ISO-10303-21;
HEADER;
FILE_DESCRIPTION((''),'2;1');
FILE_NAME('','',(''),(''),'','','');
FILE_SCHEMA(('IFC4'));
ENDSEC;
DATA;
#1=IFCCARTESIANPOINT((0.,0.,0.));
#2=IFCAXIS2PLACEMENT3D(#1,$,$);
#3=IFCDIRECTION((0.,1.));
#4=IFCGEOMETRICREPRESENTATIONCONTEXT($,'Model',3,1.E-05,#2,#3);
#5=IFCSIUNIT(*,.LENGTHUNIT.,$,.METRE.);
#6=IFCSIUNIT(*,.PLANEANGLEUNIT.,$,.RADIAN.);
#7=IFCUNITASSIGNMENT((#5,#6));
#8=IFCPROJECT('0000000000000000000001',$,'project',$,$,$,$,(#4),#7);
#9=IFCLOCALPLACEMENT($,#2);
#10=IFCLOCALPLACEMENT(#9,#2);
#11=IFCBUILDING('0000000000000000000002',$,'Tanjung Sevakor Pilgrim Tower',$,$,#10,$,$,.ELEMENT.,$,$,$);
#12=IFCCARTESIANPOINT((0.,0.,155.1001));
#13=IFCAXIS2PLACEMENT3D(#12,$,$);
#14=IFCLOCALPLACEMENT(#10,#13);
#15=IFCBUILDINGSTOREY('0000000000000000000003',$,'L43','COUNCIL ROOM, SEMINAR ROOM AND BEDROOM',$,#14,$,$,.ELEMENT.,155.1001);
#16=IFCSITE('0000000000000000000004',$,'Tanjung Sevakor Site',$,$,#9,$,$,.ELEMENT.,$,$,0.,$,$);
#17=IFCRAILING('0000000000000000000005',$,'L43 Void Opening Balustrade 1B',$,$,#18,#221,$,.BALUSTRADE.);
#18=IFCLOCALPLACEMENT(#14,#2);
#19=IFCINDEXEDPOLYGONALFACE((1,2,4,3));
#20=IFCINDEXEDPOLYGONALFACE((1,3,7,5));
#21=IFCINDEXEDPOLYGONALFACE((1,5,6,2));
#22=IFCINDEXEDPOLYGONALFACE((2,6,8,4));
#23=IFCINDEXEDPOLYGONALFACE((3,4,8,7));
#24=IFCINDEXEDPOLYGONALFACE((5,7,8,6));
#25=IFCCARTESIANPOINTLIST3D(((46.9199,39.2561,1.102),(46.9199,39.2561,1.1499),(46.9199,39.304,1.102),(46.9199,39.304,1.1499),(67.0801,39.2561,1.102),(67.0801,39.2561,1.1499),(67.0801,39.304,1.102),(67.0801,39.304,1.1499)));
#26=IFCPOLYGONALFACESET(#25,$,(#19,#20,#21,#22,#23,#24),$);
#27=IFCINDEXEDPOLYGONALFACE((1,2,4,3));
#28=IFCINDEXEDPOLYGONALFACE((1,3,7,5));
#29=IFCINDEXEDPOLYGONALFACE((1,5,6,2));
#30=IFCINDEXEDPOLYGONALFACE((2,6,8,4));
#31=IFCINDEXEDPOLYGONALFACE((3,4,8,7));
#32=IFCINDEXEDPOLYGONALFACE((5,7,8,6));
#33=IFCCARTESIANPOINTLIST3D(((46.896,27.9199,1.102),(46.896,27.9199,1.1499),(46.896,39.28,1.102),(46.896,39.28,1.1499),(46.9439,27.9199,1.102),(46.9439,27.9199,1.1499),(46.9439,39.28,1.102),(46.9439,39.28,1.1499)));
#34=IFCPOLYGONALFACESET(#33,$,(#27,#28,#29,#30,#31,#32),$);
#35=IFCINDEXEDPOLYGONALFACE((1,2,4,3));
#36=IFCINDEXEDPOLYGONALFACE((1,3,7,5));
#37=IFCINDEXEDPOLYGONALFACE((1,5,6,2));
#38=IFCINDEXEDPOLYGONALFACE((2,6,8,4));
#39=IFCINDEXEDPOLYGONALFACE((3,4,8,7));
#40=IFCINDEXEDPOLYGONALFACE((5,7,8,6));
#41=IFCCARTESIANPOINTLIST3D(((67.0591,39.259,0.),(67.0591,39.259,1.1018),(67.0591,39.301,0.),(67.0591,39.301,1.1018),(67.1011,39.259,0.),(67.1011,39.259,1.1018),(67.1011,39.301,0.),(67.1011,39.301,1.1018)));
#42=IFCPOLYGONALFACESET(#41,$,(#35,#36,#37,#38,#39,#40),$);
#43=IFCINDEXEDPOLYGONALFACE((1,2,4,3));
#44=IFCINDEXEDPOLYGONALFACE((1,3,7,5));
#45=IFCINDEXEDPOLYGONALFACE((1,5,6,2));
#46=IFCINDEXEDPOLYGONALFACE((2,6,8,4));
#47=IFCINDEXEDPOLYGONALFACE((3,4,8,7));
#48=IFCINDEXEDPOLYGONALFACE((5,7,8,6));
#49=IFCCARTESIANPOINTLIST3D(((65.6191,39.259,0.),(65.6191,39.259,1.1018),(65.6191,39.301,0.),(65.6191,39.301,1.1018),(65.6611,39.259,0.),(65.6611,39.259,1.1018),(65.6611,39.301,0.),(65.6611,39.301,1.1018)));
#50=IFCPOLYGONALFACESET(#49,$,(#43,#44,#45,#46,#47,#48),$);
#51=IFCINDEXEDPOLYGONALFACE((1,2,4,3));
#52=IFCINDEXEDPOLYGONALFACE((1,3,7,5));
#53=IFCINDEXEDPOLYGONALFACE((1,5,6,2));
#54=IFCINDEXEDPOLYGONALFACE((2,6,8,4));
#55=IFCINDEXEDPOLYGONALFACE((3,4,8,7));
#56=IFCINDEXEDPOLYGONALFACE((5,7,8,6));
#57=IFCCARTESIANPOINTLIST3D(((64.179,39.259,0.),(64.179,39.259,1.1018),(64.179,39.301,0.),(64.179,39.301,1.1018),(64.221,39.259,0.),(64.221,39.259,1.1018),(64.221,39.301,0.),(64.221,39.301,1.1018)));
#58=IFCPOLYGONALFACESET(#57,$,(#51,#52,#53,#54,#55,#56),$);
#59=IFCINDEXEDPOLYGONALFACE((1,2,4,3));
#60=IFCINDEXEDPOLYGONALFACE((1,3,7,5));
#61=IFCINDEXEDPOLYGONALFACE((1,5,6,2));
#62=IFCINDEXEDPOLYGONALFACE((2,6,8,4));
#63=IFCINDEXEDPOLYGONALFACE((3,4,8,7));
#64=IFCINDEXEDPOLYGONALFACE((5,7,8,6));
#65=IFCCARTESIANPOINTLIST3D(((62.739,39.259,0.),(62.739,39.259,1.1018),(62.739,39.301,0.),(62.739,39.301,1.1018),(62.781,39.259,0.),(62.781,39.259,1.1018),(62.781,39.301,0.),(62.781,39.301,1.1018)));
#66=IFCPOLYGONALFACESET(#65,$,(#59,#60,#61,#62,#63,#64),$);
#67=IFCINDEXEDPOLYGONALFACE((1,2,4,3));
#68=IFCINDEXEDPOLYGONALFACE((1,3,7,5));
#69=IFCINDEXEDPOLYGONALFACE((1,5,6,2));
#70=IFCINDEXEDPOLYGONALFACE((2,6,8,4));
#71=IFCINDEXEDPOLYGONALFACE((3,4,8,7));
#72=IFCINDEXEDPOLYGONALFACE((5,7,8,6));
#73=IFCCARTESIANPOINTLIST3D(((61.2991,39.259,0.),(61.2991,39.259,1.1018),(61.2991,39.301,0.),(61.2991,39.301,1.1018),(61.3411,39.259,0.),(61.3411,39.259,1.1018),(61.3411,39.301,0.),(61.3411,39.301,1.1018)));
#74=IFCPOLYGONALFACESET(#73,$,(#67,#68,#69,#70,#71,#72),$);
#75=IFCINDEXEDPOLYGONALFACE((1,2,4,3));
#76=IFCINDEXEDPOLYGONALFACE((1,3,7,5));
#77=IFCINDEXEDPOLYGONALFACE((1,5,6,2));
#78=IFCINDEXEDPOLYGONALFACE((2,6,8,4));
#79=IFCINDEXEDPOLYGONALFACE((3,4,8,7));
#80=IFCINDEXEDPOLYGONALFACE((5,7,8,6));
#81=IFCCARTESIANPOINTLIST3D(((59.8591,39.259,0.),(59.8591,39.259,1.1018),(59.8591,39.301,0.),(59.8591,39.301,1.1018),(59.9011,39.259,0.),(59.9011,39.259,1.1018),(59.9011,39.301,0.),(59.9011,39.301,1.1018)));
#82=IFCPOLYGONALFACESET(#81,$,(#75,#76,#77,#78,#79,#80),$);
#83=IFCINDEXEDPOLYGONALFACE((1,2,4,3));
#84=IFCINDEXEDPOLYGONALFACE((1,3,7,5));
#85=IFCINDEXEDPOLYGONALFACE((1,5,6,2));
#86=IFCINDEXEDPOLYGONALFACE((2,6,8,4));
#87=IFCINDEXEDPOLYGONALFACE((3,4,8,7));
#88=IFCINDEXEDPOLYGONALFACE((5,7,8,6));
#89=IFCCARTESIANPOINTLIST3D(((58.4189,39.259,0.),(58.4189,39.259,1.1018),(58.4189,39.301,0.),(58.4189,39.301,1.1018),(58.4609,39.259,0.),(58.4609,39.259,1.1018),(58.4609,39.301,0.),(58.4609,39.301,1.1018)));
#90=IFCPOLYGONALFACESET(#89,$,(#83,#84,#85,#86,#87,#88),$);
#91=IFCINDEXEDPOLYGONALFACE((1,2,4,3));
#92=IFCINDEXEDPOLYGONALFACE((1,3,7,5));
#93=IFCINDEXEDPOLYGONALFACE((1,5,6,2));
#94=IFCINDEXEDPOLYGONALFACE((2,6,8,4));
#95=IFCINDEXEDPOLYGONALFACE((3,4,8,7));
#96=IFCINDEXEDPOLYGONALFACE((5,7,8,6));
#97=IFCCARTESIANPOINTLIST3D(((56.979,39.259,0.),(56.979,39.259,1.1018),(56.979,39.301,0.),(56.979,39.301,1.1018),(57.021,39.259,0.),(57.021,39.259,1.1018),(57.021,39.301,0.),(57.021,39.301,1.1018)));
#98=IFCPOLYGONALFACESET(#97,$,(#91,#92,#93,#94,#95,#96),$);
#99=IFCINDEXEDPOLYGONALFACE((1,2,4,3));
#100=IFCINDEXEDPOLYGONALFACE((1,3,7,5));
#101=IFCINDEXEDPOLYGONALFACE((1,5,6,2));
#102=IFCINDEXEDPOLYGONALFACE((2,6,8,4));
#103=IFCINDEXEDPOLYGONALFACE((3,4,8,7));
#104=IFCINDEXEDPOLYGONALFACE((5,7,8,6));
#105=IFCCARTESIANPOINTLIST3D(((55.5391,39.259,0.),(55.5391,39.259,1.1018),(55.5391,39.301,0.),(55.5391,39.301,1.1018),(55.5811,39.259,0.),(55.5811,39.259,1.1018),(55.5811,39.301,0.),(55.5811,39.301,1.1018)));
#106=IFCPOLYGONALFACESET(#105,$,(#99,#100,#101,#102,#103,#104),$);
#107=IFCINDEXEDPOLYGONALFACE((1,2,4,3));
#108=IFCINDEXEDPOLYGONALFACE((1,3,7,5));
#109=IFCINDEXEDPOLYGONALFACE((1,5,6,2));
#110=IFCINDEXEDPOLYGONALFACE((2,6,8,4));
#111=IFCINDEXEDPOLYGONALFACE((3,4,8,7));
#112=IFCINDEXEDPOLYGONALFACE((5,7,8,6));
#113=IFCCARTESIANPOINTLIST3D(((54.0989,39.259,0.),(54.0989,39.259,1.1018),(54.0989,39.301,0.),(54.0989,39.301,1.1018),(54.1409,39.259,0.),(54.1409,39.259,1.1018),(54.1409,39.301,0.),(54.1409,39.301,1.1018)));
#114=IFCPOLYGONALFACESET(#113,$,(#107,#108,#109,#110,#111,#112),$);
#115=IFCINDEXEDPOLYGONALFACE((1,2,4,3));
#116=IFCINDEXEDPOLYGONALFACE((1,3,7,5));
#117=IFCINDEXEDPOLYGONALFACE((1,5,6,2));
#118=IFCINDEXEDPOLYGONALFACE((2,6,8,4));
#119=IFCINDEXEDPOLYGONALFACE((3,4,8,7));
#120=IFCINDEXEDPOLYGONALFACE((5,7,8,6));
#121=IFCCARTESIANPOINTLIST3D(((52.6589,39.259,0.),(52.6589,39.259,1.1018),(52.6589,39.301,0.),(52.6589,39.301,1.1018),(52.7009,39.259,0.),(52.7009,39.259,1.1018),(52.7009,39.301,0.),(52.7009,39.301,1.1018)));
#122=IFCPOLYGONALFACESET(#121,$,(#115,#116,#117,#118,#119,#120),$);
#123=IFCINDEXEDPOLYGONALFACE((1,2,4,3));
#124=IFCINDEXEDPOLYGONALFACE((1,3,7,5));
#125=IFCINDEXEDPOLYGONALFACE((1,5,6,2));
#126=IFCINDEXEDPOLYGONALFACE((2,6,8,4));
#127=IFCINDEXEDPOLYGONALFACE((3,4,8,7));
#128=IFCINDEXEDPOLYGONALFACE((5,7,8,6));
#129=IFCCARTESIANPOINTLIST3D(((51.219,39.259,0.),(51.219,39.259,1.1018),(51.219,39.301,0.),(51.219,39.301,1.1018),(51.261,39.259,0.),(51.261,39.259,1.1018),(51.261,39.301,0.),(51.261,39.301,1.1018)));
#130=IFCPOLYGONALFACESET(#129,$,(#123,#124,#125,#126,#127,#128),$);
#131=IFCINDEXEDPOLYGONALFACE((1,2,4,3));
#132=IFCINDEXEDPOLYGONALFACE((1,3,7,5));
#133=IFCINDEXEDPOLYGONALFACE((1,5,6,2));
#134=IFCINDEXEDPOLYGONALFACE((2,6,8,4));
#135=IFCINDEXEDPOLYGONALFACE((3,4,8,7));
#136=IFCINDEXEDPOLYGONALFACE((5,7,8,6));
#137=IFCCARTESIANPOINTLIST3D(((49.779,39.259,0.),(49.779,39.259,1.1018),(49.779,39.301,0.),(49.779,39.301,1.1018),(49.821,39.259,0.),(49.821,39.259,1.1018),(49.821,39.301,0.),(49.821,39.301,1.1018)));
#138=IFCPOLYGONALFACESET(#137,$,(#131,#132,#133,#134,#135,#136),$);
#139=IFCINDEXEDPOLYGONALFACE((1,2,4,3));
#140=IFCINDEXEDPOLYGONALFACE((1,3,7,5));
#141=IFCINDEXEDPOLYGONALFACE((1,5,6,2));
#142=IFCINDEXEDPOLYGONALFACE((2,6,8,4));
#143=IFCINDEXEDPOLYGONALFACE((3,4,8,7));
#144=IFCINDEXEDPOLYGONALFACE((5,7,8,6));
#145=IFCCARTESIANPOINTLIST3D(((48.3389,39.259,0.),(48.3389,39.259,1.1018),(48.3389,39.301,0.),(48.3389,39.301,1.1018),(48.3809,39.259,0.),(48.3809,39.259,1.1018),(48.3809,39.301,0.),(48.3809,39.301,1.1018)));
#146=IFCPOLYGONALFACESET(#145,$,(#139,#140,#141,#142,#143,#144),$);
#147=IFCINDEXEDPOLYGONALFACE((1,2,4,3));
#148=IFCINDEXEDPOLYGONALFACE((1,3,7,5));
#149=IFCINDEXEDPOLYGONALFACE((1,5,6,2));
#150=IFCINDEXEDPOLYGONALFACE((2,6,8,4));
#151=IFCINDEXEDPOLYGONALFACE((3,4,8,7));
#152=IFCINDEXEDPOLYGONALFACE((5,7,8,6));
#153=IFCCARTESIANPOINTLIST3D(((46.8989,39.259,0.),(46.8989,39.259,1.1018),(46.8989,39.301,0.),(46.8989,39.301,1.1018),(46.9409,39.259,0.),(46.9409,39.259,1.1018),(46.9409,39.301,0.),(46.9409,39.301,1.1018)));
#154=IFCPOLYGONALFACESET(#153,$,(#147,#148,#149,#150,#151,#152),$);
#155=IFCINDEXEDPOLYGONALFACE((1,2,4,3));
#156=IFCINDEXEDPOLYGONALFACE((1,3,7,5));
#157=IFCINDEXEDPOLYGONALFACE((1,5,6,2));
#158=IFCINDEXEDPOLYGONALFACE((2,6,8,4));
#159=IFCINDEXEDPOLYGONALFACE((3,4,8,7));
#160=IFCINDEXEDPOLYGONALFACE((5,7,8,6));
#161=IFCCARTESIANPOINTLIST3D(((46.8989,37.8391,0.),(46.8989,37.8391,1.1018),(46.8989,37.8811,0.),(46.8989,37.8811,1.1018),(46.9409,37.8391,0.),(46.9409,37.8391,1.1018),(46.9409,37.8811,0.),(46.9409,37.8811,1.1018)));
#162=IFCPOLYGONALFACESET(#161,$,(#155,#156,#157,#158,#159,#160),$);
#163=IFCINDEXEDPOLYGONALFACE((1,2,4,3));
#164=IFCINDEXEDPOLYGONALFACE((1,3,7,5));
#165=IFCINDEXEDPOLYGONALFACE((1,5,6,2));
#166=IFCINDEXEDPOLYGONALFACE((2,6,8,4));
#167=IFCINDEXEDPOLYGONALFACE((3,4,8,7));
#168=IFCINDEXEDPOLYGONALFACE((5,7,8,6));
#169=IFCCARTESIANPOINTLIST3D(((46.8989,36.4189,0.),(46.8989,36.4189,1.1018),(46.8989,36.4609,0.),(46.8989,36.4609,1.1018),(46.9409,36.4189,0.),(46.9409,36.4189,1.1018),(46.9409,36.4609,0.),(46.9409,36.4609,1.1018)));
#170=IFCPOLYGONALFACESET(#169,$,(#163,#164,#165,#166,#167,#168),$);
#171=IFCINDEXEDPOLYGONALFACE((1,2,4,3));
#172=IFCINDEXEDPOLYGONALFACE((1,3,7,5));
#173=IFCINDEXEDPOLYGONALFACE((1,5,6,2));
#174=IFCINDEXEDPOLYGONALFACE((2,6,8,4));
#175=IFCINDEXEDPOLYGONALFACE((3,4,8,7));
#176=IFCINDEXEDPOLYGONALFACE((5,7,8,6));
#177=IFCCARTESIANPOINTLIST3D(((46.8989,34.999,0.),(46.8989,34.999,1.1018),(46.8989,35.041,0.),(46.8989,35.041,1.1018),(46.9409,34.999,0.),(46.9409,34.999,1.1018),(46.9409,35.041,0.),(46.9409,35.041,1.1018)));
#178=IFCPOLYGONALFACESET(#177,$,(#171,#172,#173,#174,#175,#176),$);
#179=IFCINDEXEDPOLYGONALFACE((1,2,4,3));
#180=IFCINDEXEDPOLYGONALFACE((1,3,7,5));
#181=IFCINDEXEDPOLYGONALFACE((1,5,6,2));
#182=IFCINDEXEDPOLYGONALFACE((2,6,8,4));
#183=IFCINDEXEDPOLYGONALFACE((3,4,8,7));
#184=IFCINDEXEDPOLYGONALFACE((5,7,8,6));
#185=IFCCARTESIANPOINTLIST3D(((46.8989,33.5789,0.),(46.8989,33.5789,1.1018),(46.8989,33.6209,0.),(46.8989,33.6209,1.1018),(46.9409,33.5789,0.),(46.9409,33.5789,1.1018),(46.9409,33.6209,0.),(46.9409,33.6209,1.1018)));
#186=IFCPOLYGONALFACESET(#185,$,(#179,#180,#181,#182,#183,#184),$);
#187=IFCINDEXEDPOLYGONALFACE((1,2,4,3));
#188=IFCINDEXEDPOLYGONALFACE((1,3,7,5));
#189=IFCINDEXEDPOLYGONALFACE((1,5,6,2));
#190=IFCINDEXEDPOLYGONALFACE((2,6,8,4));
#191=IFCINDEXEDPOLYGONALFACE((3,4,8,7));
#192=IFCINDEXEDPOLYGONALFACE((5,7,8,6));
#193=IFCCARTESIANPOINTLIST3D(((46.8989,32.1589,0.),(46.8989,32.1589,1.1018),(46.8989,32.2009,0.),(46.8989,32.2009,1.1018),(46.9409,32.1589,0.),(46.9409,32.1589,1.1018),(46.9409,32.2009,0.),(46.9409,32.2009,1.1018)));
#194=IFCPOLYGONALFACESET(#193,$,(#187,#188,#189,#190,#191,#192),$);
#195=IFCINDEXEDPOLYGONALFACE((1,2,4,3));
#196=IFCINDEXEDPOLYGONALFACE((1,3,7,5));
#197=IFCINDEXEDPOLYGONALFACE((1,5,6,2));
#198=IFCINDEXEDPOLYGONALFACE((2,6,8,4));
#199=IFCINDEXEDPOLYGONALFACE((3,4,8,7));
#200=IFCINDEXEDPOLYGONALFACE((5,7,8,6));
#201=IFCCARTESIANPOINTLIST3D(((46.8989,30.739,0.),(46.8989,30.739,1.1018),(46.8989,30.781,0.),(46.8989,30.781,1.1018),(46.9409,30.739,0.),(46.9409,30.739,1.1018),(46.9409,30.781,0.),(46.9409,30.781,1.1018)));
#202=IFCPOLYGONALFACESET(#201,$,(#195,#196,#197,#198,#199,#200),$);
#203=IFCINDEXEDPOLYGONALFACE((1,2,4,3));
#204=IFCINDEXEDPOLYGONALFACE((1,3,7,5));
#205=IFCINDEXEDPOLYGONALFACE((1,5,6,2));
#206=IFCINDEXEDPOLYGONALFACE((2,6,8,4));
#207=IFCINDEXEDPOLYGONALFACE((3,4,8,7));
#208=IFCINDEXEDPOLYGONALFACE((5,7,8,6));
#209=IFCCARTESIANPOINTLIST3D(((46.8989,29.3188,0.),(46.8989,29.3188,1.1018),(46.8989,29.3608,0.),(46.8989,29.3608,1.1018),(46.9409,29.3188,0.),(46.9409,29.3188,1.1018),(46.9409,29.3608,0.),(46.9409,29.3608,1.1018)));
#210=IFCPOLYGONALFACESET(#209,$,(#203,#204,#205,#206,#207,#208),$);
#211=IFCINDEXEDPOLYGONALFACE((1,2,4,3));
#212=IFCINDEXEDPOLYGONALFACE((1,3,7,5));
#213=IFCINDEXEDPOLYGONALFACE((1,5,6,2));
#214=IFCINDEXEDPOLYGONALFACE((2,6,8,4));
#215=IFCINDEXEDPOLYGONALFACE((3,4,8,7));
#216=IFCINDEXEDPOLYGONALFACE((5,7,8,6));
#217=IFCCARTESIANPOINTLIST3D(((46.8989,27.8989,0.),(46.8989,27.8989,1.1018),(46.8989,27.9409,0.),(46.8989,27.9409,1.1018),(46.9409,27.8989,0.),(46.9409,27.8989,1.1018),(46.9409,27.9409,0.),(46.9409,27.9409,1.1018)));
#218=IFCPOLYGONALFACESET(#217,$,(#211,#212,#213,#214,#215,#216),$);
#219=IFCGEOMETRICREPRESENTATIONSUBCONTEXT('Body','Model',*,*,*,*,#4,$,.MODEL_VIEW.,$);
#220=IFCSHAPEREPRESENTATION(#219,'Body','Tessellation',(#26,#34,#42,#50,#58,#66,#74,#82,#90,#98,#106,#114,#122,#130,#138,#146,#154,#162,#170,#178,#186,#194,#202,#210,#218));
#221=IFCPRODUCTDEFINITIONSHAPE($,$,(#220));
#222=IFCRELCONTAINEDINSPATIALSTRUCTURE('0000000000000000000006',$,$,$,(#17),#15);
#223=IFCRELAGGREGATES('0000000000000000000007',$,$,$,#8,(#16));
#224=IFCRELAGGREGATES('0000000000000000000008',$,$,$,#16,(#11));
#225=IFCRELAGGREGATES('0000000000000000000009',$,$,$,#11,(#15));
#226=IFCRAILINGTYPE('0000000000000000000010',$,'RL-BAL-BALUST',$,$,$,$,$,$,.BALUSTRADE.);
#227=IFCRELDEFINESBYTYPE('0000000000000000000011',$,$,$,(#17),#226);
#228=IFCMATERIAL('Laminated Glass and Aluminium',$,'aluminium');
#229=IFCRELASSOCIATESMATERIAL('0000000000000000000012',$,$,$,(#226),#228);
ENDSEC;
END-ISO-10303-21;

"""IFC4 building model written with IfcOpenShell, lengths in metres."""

from ifc_helpers import new_model, si_unit, direction, frame, origin, place, context, subcontext, project, spatial, rectangle, extrude, material, type_object, element, save


model = new_model("IFC4")

# Units and contexts
model_context = context("Model", 3, precision=1e-05, world=origin(), true_north=direction((0.0, 1.0)))
body_context = subcontext(model_context, "Body", "Model", "MODEL_VIEW")
ifc_project = project(units=[si_unit("LENGTHUNIT", "METRE"), si_unit("PLANEANGLEUNIT", "RADIAN")], contexts=[model_context])

# Site, building, storey
site_placement = place(None, origin())
site = spatial("IfcSite", under=ifc_project, at=site_placement, Name="Tanjung Sevakor Site", CompositionType="ELEMENT", RefElevation=0.0)
building_placement = place(site_placement, origin())
building = spatial("IfcBuilding", under=site, at=building_placement, Name="Tanjung Sevakor Pilgrim Tower", CompositionType="ELEMENT")
storey_placement = place(building_placement, frame((0.0, 0.0, 155.1001)))
storey = spatial("IfcBuildingStorey", under=building, at=storey_placement, Name="L43", Description="COUNCIL ROOM, SEMINAR ROOM AND BEDROOM", CompositionType="ELEMENT", Elevation=155.1001)

# Railing
ifc_material_1 = material(Name="Laminated Glass and Aluminium", Category="aluminium")
railing_type = type_object("IfcRailingType", Name="RL-BAL-BALUST", PredefinedType="BALUSTRADE", material=ifc_material_1)
railing_placement = place(storey_placement, frame((67.0801, 39.28, 0.0)))
element("IfcRailing", 1, at=railing_placement, inside=storey, type_object=railing_type, Name="L43 Void Opening Balustrade 1B", PredefinedType="BALUSTRADE", context=body_context, shape_type="SweptSolid", body=[
    extrude(rectangle(XDim=0.0479, YDim=0.0479), frame((0.0, 0.0, 1.126), z_axis=(-1.0, 0.0, 0.0), x_axis=(0.0, -1.0, 0.0)), (0.0, 0.0, 1.0), 20.1602),
    extrude(rectangle(XDim=0.0479, YDim=0.0479), frame((-20.1602, 0.0, 1.126), z_axis=(0.0, -1.0, 0.0), x_axis=(1.0, 0.0, 0.0)), (0.0, 0.0, 1.0), 11.3601),
    extrude(rectangle(XDim=0.042, YDim=0.042), origin(), (0.0, 0.0, 1.0), 1.1018),
    extrude(rectangle(XDim=0.042, YDim=0.042), frame((-1.4399, 0.0, 0.0)), (0.0, 0.0, 1.0), 1.1018),
    extrude(rectangle(XDim=0.042, YDim=0.042), frame((-2.8801, 0.0, 0.0)), (0.0, 0.0, 1.0), 1.1018),
    extrude(rectangle(XDim=0.042, YDim=0.042), frame((-4.3201, 0.0, 0.0)), (0.0, 0.0, 1.0), 1.1018),
    extrude(rectangle(XDim=0.042, YDim=0.042), frame((-5.76, 0.0, 0.0)), (0.0, 0.0, 1.0), 1.1018),
    extrude(rectangle(XDim=0.042, YDim=0.042), frame((-7.2, 0.0, 0.0)), (0.0, 0.0, 1.0), 1.1018),
    extrude(rectangle(XDim=0.042, YDim=0.042), frame((-8.6401, 0.0, 0.0)), (0.0, 0.0, 1.0), 1.1018),
    extrude(rectangle(XDim=0.042, YDim=0.042), frame((-10.0801, 0.0, 0.0)), (0.0, 0.0, 1.0), 1.1018),
    extrude(rectangle(XDim=0.042, YDim=0.042), frame((-11.52, 0.0, 0.0)), (0.0, 0.0, 1.0), 1.1018),
    extrude(rectangle(XDim=0.042, YDim=0.042), frame((-12.9602, 0.0, 0.0)), (0.0, 0.0, 1.0), 1.1018),
    extrude(rectangle(XDim=0.042, YDim=0.042), frame((-14.4001, 0.0, 0.0)), (0.0, 0.0, 1.0), 1.1018),
    extrude(rectangle(XDim=0.042, YDim=0.042), frame((-15.8401, 0.0, 0.0)), (0.0, 0.0, 1.0), 1.1018),
    extrude(rectangle(XDim=0.042, YDim=0.042), frame((-17.28, 0.0, 0.0)), (0.0, 0.0, 1.0), 1.1018),
    extrude(rectangle(XDim=0.042, YDim=0.042), frame((-18.7202, 0.0, 0.0)), (0.0, 0.0, 1.0), 1.1018),
    extrude(rectangle(XDim=0.042, YDim=0.042), frame((-20.1602, 0.0, 0.0)), (0.0, 0.0, 1.0), 1.1018),
    extrude(rectangle(XDim=0.042, YDim=0.042), frame((-20.1602, -1.4199, 0.0)), (0.0, 0.0, 1.0), 1.1018),
    extrude(rectangle(XDim=0.042, YDim=0.042), frame((-20.1602, -2.8401, 0.0)), (0.0, 0.0, 1.0), 1.1018),
    extrude(rectangle(XDim=0.042, YDim=0.042), frame((-20.1602, -4.26, 0.0)), (0.0, 0.0, 1.0), 1.1018),
    extrude(rectangle(XDim=0.042, YDim=0.042), frame((-20.1602, -5.6802, 0.0)), (0.0, 0.0, 1.0), 1.1018),
    extrude(rectangle(XDim=0.042, YDim=0.042), frame((-20.1602, -7.1001, 0.0)), (0.0, 0.0, 1.0), 1.1018),
    extrude(rectangle(XDim=0.042, YDim=0.042), frame((-20.1602, -8.52, 0.0)), (0.0, 0.0, 1.0), 1.1018),
    extrude(rectangle(XDim=0.042, YDim=0.042), frame((-20.1602, -9.9402, 0.0)), (0.0, 0.0, 1.0), 1.1018),
    extrude(rectangle(XDim=0.042, YDim=0.042), frame((-20.1602, -11.3601, 0.0)), (0.0, 0.0, 1.0), 1.1018),
])

save(model, "model.ifc")
